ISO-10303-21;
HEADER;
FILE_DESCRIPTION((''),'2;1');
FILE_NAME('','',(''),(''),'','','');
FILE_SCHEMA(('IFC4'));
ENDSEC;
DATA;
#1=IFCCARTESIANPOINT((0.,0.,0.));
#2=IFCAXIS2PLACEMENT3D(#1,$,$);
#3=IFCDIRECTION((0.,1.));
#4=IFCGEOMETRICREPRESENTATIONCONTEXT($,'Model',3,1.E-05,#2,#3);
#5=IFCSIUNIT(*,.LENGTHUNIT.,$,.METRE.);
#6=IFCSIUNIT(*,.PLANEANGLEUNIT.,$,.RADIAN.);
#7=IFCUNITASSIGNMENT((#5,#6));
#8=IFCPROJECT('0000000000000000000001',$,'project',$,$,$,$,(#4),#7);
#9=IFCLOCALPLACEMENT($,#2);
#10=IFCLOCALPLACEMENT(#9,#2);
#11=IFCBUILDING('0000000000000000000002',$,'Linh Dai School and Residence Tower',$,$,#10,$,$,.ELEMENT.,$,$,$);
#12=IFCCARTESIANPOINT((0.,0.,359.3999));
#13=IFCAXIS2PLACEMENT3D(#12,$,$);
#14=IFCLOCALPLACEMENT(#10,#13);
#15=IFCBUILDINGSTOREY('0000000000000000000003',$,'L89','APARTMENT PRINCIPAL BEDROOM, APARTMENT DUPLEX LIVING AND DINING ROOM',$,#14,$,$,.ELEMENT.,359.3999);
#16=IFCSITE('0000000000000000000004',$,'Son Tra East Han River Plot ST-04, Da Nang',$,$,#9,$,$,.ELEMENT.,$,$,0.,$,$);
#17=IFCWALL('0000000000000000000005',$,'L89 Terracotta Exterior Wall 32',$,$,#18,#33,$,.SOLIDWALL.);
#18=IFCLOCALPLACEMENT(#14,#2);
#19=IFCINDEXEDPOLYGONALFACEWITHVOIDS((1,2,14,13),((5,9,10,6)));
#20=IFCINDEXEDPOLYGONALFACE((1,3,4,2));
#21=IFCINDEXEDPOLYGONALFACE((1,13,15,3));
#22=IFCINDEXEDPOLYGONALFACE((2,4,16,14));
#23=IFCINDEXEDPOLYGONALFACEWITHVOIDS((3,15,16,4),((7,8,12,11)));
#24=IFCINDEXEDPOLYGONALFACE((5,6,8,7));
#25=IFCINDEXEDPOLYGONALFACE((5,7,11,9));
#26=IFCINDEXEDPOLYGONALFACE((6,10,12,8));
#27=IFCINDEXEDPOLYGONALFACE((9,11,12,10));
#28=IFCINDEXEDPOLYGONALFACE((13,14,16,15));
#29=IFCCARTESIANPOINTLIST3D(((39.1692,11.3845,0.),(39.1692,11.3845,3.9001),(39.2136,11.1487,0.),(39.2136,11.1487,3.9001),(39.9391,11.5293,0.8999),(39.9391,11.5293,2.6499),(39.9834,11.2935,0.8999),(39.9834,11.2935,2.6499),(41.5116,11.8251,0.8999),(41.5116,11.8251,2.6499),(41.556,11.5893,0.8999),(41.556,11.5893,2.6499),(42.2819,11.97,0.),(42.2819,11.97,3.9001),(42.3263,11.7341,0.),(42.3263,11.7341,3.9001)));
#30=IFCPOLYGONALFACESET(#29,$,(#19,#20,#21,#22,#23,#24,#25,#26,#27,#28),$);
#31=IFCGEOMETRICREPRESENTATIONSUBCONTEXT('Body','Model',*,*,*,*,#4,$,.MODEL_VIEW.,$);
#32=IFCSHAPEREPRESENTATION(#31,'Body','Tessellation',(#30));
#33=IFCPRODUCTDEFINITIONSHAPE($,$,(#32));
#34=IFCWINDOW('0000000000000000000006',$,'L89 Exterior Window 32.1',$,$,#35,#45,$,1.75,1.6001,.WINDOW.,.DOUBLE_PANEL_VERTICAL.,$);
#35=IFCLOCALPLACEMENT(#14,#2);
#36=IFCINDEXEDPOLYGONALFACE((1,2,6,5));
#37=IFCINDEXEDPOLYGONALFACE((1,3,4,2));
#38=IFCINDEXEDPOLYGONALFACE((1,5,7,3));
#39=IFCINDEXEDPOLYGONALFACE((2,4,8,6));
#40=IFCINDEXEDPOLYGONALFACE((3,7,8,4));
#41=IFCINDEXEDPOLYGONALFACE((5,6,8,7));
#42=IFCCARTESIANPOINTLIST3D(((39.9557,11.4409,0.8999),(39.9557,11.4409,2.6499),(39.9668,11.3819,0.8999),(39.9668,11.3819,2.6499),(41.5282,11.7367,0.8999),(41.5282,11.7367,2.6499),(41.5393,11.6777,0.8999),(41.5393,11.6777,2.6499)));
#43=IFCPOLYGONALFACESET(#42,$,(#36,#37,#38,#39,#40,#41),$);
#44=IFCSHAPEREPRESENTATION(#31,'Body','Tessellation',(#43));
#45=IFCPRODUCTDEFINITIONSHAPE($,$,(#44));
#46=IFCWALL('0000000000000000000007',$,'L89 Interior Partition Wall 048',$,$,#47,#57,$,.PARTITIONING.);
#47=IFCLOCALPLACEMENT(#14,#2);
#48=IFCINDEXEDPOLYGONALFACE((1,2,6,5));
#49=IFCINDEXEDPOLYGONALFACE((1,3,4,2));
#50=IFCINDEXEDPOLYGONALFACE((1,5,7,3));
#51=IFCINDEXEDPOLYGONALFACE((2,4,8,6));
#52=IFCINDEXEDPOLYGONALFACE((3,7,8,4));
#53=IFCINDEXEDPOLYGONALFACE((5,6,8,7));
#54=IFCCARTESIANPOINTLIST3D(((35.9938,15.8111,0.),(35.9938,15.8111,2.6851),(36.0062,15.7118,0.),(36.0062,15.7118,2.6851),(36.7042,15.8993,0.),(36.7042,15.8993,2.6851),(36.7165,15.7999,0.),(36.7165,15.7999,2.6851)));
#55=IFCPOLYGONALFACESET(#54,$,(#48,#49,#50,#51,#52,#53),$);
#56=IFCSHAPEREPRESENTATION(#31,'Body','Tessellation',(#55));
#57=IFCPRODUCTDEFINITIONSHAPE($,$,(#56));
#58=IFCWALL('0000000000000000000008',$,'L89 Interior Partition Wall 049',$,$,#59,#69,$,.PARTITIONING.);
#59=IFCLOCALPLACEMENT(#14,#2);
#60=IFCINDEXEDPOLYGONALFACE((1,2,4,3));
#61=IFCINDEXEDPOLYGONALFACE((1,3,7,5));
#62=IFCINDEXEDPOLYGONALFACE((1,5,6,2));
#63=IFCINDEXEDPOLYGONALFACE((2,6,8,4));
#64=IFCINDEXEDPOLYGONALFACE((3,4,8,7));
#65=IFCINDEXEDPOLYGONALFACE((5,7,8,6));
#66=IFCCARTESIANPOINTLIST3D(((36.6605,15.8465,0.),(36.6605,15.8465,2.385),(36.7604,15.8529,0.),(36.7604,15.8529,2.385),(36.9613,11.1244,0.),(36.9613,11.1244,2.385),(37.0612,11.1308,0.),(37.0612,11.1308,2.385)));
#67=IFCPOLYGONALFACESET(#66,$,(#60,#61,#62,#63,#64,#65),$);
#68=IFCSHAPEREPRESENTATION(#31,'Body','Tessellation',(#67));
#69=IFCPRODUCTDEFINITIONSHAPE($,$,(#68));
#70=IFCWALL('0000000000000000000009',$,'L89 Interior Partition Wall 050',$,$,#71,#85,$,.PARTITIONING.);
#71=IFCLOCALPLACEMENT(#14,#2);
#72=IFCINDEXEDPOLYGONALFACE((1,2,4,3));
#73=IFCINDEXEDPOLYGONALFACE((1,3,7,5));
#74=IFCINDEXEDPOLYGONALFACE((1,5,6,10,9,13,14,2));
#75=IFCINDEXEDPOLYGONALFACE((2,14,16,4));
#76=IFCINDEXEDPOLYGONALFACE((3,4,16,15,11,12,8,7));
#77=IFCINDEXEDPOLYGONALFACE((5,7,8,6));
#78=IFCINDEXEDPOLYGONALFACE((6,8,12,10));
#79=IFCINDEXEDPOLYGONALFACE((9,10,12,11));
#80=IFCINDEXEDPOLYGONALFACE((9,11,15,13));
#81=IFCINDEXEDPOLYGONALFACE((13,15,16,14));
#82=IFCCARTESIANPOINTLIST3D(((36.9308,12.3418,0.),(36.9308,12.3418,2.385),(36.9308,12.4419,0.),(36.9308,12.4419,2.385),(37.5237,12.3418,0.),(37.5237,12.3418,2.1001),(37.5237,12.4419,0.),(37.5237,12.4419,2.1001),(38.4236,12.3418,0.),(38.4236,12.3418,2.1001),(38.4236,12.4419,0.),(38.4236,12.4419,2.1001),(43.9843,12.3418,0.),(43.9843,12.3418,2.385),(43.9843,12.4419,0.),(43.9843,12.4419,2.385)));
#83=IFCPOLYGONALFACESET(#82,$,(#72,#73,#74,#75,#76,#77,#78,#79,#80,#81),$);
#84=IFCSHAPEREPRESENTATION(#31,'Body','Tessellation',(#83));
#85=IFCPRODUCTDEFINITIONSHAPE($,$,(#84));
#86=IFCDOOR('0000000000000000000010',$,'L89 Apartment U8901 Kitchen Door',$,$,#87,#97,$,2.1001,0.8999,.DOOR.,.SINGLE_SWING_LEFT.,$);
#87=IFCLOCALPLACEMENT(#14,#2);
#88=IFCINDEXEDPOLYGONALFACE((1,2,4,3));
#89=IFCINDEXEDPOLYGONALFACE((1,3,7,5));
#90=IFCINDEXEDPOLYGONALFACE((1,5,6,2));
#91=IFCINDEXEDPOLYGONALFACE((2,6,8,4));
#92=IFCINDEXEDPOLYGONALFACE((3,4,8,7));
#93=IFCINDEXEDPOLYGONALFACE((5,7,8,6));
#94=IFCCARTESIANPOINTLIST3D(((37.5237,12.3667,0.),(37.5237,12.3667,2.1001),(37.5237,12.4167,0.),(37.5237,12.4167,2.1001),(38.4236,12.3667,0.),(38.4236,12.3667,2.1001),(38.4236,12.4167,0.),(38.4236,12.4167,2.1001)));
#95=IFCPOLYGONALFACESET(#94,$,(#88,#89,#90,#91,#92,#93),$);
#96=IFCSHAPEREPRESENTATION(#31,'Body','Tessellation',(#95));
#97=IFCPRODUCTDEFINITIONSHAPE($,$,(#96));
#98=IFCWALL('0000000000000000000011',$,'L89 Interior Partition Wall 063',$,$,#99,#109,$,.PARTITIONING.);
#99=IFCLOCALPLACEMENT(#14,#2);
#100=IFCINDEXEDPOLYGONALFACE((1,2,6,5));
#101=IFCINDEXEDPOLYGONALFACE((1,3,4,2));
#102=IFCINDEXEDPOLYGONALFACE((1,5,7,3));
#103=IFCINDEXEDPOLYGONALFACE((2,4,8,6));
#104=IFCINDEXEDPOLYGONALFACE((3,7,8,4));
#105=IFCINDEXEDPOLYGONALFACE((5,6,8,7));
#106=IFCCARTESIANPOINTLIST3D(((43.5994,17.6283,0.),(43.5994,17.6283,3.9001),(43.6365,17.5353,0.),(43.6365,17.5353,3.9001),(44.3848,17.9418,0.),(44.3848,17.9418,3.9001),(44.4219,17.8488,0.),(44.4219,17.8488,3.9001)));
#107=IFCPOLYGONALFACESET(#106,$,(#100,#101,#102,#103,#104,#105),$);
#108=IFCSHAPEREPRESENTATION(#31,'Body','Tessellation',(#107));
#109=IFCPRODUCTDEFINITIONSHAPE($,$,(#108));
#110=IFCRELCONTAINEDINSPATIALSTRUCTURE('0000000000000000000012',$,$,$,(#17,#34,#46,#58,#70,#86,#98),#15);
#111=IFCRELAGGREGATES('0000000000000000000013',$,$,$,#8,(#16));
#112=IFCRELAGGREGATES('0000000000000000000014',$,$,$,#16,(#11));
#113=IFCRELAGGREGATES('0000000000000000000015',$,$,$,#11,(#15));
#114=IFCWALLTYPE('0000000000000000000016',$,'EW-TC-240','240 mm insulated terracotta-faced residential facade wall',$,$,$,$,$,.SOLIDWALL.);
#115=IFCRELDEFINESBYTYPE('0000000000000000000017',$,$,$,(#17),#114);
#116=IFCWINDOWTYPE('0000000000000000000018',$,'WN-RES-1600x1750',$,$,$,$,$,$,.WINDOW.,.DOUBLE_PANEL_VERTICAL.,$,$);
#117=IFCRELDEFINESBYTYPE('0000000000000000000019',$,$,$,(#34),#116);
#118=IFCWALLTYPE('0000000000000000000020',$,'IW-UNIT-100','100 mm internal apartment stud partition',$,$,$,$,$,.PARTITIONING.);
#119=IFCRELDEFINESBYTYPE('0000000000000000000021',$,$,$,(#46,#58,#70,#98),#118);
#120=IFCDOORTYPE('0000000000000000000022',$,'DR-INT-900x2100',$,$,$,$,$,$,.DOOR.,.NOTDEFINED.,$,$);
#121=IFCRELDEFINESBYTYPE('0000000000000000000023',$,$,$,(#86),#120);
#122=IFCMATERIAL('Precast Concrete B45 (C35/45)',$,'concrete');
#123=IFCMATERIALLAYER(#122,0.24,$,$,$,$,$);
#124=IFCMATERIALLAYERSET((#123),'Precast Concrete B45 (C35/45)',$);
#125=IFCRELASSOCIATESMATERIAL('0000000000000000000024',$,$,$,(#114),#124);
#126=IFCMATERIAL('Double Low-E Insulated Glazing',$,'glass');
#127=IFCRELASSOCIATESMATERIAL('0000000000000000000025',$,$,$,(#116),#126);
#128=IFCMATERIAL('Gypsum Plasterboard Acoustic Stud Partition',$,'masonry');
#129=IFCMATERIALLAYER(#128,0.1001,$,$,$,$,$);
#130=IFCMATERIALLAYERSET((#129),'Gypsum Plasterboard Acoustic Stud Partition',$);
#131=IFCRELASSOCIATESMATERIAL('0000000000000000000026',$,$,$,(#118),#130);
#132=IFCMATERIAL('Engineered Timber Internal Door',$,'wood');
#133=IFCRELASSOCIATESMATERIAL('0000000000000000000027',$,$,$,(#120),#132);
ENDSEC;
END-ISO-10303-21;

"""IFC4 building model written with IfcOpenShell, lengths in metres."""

from ifc_helpers import new_model, si_unit, direction, frame, frame_2d, origin, origin_2d, place, context, subcontext, project, spatial, rectangle, extrude, source, transform, mapped, material, layer, layer_set, type_object, element, fill, save


model = new_model("IFC4")

# Units and contexts
model_context = context("Model", 3, precision=1e-05, world=origin(), true_north=direction((0.0, 1.0)))
body_context = subcontext(model_context, "Body", "Model", "MODEL_VIEW")
ifc_project = project(units=[si_unit("LENGTHUNIT", "METRE"), si_unit("PLANEANGLEUNIT", "RADIAN")], contexts=[model_context])

# Site, building, storey
site_placement = place(None, origin())
site = spatial("IfcSite", under=ifc_project, at=site_placement, Name="Son Tra East Han River Plot ST-04, Da Nang", CompositionType="ELEMENT", RefElevation=0.0)
building_placement = place(site_placement, origin())
building = spatial("IfcBuilding", under=site, at=building_placement, Name="Linh Dai School and Residence Tower", CompositionType="ELEMENT")
storey_placement = place(building_placement, frame((0.0, 0.0, 359.3999)))
storey = spatial("IfcBuildingStorey", under=building, at=storey_placement, Name="L89", Description="APARTMENT PRINCIPAL BEDROOM, APARTMENT DUPLEX LIVING AND DINING ROOM", CompositionType="ELEMENT", Elevation=359.3999)

# Shared definitions
ifc_material_1 = material(Name="Double Low-E Insulated Glazing", Category="glass")

# Shared definitions
ifc_material_2 = material(Name="Precast Concrete B45 (C35/45)", Category="concrete")
ifc_layer_1 = layer(ifc_material_2, 0.24)
ifc_layer_set_1 = layer_set([ifc_layer_1], Name="Precast Concrete B45 (C35/45)")
wall_type_1 = type_object("IfcWallType", Name="EW-TC-240", Description="240 mm insulated terracotta-faced residential facade wall", PredefinedType="SOLIDWALL", material=ifc_layer_set_1)
window_type = type_object("IfcWindowType", Name="WN-RES-1600x1750", PartitioningType="DOUBLE_PANEL_VERTICAL", PredefinedType="WINDOW", material=ifc_material_1)
shared_shape_1 = source(origin(), body_context, "Body", "SweptSolid", [
    extrude(rectangle(XDim=1.6001, YDim=1.75, at=origin_2d()), frame((0.8, 0.03, 0.875), z_axis=(0.0, -1.0, 0.0), x_axis=(1.0, 0.0, 0.0)), (0.0, 0.0, 1.0), 0.0601),
])

# Wall, opening, window
wall_1_placement = place(storey_placement, frame((42.304, 11.8521, 0.0), z_axis=(0.0, 0.0, 1.0), x_axis=(-0.982766, -0.184852, 0.0)))
wall_1 = element("IfcWall", 1, at=wall_1_placement, inside=storey, type_object=wall_type_1, Name="L89 Terracotta Exterior Wall 32", PredefinedType="SOLIDWALL", context=body_context, shape_type="SweptSolid", body=[
    extrude(rectangle(XDim=3.1672, YDim=0.24, at=frame_2d((1.5835, 0.0))), origin(), (0.0, 0.0, 1.0), 3.9001),
])
opening_1_placement = place(wall_1_placement, frame((0.7837, 0.0, 0.8999)))
opening_1 = element("IfcOpeningElement", 2, at=opening_1_placement, cuts=wall_1, PredefinedType="OPENING", context=body_context, shape_type="SweptSolid", body=[
    extrude(rectangle(XDim=1.6001, YDim=1.75, at=origin_2d()), frame((0.8, 0.1299, 0.875), z_axis=(0.0, -1.0, 0.0), x_axis=(1.0, 0.0, 0.0)), (0.0, 0.0, 1.0), 0.26),
])
window_1_placement = place(opening_1_placement, origin())
window_1 = element("IfcWindow", 3, at=window_1_placement, inside=storey, type_object=window_type, Name="L89 Exterior Window 32.1", OverallHeight=1.75, OverallWidth=1.6001, PartitioningType="DOUBLE_PANEL_VERTICAL", PredefinedType="WINDOW", context=body_context, shape_type="MappedRepresentation", body=[
    mapped(shared_shape_1, transform((0.0, 0.0, 0.0), x_axis=(1.0, 0.0, 0.0), y_axis=(0.0, 1.0, 0.0), z_axis=(0.0, 0.0, 1.0), scale=1.0)),
])
fill(opening_1, window_1)

# Walls
ifc_material_3 = material(Name="Gypsum Plasterboard Acoustic Stud Partition", Category="masonry")
ifc_layer_2 = layer(ifc_material_3, 0.1001)
ifc_layer_set_2 = layer_set([ifc_layer_2], Name="Gypsum Plasterboard Acoustic Stud Partition")
wall_type_2 = type_object("IfcWallType", Name="IW-UNIT-100", Description="100 mm internal apartment stud partition", PredefinedType="PARTITIONING", material=ifc_layer_set_2)
wall_2_placement = place(storey_placement, frame((36.0, 15.7615, 0.0), z_axis=(0.0, 0.0, 1.0), x_axis=(0.992393, 0.123111, 0.0)))
element("IfcWall", 4, at=wall_2_placement, inside=storey, type_object=wall_type_2, Name="L89 Interior Partition Wall 048", PredefinedType="PARTITIONING", context=body_context, shape_type="SweptSolid", body=[
    extrude(rectangle(XDim=0.7158, YDim=0.1001, at=frame_2d((0.3579, 0.0))), origin(), (0.0, 0.0, 1.0), 2.6851),
])
wall_3_placement = place(storey_placement, frame((36.7104, 15.8496, 0.0), z_axis=(0.0, 0.0, 1.0), x_axis=(0.063567, -0.997978, 0.0)))
element("IfcWall", 5, at=wall_3_placement, inside=storey, type_object=wall_type_2, Name="L89 Interior Partition Wall 049", PredefinedType="PARTITIONING", context=body_context, shape_type="SweptSolid", body=[
    extrude(rectangle(XDim=4.7317, YDim=0.1001, at=frame_2d((2.3657, 0.0))), origin(), (0.0, 0.0, 1.0), 2.385),
])

# Wall, opening, door
wall_4_placement = place(storey_placement, frame((36.9307, 12.3918, 0.0), z_axis=(0.0, 0.0, 1.0), x_axis=(1.0, 0.0, 0.0)))
wall_4 = element("IfcWall", 6, at=wall_4_placement, inside=storey, type_object=wall_type_2, Name="L89 Interior Partition Wall 050", PredefinedType="PARTITIONING", context=body_context, shape_type="SweptSolid", body=[
    extrude(rectangle(XDim=7.0535, YDim=0.1001, at=frame_2d((3.5269, 0.0))), origin(), (0.0, 0.0, 1.0), 2.385),
])
opening_2_placement = place(wall_4_placement, frame((0.593, 0.0, 0.0)))
opening_2 = element("IfcOpeningElement", 7, at=opening_2_placement, cuts=wall_4, PredefinedType="OPENING", context=body_context, shape_type="SweptSolid", body=[
    extrude(rectangle(XDim=0.8999, YDim=2.1001, at=origin_2d()), frame((0.45, 0.0601, 1.05), z_axis=(0.0, -1.0, 0.0), x_axis=(1.0, 0.0, 0.0)), (0.0, 0.0, 1.0), 0.1201),
])
ifc_material_4 = material(Name="Engineered Timber Internal Door", Category="wood")
door_type = type_object("IfcDoorType", Name="DR-INT-900x2100", OperationType="NOTDEFINED", PredefinedType="DOOR", material=ifc_material_4)
shared_shape_2 = source(origin(), body_context, "Body", "SweptSolid", [
    extrude(rectangle(XDim=0.8999, YDim=2.1001, at=origin_2d()), frame((0.45, 0.0249, 1.05), z_axis=(0.0, -1.0, 0.0), x_axis=(1.0, 0.0, 0.0)), (0.0, 0.0, 1.0), 0.05),
])
door_placement = place(opening_2_placement, origin())
door = element("IfcDoor", 8, at=door_placement, inside=storey, type_object=door_type, Name="L89 Apartment U8901 Kitchen Door", OperationType="SINGLE_SWING_LEFT", OverallHeight=2.1001, OverallWidth=0.8999, PredefinedType="DOOR", context=body_context, shape_type="MappedRepresentation", body=[
    mapped(shared_shape_2, transform((0.0, 0.0, 0.0), x_axis=(1.0, 0.0, 0.0), y_axis=(0.0, 1.0, 0.0), z_axis=(0.0, 0.0, 1.0), scale=1.0)),
])
fill(opening_2, door)

# Wall
wall_5_placement = place(storey_placement, frame((43.6179, 17.5818, 0.0), z_axis=(0.0, 0.0, 1.0), x_axis=(0.928755, 0.370694, 0.0)))
element("IfcWall", 9, at=wall_5_placement, inside=storey, type_object=wall_type_2, Name="L89 Interior Partition Wall 063", PredefinedType="PARTITIONING", context=body_context, shape_type="SweptSolid", body=[
    extrude(rectangle(XDim=0.8457, YDim=0.1001, at=frame_2d((0.4229, 0.0))), origin(), (0.0, 0.0, 1.0), 3.9001),
])

save(model, "model.ifc")
